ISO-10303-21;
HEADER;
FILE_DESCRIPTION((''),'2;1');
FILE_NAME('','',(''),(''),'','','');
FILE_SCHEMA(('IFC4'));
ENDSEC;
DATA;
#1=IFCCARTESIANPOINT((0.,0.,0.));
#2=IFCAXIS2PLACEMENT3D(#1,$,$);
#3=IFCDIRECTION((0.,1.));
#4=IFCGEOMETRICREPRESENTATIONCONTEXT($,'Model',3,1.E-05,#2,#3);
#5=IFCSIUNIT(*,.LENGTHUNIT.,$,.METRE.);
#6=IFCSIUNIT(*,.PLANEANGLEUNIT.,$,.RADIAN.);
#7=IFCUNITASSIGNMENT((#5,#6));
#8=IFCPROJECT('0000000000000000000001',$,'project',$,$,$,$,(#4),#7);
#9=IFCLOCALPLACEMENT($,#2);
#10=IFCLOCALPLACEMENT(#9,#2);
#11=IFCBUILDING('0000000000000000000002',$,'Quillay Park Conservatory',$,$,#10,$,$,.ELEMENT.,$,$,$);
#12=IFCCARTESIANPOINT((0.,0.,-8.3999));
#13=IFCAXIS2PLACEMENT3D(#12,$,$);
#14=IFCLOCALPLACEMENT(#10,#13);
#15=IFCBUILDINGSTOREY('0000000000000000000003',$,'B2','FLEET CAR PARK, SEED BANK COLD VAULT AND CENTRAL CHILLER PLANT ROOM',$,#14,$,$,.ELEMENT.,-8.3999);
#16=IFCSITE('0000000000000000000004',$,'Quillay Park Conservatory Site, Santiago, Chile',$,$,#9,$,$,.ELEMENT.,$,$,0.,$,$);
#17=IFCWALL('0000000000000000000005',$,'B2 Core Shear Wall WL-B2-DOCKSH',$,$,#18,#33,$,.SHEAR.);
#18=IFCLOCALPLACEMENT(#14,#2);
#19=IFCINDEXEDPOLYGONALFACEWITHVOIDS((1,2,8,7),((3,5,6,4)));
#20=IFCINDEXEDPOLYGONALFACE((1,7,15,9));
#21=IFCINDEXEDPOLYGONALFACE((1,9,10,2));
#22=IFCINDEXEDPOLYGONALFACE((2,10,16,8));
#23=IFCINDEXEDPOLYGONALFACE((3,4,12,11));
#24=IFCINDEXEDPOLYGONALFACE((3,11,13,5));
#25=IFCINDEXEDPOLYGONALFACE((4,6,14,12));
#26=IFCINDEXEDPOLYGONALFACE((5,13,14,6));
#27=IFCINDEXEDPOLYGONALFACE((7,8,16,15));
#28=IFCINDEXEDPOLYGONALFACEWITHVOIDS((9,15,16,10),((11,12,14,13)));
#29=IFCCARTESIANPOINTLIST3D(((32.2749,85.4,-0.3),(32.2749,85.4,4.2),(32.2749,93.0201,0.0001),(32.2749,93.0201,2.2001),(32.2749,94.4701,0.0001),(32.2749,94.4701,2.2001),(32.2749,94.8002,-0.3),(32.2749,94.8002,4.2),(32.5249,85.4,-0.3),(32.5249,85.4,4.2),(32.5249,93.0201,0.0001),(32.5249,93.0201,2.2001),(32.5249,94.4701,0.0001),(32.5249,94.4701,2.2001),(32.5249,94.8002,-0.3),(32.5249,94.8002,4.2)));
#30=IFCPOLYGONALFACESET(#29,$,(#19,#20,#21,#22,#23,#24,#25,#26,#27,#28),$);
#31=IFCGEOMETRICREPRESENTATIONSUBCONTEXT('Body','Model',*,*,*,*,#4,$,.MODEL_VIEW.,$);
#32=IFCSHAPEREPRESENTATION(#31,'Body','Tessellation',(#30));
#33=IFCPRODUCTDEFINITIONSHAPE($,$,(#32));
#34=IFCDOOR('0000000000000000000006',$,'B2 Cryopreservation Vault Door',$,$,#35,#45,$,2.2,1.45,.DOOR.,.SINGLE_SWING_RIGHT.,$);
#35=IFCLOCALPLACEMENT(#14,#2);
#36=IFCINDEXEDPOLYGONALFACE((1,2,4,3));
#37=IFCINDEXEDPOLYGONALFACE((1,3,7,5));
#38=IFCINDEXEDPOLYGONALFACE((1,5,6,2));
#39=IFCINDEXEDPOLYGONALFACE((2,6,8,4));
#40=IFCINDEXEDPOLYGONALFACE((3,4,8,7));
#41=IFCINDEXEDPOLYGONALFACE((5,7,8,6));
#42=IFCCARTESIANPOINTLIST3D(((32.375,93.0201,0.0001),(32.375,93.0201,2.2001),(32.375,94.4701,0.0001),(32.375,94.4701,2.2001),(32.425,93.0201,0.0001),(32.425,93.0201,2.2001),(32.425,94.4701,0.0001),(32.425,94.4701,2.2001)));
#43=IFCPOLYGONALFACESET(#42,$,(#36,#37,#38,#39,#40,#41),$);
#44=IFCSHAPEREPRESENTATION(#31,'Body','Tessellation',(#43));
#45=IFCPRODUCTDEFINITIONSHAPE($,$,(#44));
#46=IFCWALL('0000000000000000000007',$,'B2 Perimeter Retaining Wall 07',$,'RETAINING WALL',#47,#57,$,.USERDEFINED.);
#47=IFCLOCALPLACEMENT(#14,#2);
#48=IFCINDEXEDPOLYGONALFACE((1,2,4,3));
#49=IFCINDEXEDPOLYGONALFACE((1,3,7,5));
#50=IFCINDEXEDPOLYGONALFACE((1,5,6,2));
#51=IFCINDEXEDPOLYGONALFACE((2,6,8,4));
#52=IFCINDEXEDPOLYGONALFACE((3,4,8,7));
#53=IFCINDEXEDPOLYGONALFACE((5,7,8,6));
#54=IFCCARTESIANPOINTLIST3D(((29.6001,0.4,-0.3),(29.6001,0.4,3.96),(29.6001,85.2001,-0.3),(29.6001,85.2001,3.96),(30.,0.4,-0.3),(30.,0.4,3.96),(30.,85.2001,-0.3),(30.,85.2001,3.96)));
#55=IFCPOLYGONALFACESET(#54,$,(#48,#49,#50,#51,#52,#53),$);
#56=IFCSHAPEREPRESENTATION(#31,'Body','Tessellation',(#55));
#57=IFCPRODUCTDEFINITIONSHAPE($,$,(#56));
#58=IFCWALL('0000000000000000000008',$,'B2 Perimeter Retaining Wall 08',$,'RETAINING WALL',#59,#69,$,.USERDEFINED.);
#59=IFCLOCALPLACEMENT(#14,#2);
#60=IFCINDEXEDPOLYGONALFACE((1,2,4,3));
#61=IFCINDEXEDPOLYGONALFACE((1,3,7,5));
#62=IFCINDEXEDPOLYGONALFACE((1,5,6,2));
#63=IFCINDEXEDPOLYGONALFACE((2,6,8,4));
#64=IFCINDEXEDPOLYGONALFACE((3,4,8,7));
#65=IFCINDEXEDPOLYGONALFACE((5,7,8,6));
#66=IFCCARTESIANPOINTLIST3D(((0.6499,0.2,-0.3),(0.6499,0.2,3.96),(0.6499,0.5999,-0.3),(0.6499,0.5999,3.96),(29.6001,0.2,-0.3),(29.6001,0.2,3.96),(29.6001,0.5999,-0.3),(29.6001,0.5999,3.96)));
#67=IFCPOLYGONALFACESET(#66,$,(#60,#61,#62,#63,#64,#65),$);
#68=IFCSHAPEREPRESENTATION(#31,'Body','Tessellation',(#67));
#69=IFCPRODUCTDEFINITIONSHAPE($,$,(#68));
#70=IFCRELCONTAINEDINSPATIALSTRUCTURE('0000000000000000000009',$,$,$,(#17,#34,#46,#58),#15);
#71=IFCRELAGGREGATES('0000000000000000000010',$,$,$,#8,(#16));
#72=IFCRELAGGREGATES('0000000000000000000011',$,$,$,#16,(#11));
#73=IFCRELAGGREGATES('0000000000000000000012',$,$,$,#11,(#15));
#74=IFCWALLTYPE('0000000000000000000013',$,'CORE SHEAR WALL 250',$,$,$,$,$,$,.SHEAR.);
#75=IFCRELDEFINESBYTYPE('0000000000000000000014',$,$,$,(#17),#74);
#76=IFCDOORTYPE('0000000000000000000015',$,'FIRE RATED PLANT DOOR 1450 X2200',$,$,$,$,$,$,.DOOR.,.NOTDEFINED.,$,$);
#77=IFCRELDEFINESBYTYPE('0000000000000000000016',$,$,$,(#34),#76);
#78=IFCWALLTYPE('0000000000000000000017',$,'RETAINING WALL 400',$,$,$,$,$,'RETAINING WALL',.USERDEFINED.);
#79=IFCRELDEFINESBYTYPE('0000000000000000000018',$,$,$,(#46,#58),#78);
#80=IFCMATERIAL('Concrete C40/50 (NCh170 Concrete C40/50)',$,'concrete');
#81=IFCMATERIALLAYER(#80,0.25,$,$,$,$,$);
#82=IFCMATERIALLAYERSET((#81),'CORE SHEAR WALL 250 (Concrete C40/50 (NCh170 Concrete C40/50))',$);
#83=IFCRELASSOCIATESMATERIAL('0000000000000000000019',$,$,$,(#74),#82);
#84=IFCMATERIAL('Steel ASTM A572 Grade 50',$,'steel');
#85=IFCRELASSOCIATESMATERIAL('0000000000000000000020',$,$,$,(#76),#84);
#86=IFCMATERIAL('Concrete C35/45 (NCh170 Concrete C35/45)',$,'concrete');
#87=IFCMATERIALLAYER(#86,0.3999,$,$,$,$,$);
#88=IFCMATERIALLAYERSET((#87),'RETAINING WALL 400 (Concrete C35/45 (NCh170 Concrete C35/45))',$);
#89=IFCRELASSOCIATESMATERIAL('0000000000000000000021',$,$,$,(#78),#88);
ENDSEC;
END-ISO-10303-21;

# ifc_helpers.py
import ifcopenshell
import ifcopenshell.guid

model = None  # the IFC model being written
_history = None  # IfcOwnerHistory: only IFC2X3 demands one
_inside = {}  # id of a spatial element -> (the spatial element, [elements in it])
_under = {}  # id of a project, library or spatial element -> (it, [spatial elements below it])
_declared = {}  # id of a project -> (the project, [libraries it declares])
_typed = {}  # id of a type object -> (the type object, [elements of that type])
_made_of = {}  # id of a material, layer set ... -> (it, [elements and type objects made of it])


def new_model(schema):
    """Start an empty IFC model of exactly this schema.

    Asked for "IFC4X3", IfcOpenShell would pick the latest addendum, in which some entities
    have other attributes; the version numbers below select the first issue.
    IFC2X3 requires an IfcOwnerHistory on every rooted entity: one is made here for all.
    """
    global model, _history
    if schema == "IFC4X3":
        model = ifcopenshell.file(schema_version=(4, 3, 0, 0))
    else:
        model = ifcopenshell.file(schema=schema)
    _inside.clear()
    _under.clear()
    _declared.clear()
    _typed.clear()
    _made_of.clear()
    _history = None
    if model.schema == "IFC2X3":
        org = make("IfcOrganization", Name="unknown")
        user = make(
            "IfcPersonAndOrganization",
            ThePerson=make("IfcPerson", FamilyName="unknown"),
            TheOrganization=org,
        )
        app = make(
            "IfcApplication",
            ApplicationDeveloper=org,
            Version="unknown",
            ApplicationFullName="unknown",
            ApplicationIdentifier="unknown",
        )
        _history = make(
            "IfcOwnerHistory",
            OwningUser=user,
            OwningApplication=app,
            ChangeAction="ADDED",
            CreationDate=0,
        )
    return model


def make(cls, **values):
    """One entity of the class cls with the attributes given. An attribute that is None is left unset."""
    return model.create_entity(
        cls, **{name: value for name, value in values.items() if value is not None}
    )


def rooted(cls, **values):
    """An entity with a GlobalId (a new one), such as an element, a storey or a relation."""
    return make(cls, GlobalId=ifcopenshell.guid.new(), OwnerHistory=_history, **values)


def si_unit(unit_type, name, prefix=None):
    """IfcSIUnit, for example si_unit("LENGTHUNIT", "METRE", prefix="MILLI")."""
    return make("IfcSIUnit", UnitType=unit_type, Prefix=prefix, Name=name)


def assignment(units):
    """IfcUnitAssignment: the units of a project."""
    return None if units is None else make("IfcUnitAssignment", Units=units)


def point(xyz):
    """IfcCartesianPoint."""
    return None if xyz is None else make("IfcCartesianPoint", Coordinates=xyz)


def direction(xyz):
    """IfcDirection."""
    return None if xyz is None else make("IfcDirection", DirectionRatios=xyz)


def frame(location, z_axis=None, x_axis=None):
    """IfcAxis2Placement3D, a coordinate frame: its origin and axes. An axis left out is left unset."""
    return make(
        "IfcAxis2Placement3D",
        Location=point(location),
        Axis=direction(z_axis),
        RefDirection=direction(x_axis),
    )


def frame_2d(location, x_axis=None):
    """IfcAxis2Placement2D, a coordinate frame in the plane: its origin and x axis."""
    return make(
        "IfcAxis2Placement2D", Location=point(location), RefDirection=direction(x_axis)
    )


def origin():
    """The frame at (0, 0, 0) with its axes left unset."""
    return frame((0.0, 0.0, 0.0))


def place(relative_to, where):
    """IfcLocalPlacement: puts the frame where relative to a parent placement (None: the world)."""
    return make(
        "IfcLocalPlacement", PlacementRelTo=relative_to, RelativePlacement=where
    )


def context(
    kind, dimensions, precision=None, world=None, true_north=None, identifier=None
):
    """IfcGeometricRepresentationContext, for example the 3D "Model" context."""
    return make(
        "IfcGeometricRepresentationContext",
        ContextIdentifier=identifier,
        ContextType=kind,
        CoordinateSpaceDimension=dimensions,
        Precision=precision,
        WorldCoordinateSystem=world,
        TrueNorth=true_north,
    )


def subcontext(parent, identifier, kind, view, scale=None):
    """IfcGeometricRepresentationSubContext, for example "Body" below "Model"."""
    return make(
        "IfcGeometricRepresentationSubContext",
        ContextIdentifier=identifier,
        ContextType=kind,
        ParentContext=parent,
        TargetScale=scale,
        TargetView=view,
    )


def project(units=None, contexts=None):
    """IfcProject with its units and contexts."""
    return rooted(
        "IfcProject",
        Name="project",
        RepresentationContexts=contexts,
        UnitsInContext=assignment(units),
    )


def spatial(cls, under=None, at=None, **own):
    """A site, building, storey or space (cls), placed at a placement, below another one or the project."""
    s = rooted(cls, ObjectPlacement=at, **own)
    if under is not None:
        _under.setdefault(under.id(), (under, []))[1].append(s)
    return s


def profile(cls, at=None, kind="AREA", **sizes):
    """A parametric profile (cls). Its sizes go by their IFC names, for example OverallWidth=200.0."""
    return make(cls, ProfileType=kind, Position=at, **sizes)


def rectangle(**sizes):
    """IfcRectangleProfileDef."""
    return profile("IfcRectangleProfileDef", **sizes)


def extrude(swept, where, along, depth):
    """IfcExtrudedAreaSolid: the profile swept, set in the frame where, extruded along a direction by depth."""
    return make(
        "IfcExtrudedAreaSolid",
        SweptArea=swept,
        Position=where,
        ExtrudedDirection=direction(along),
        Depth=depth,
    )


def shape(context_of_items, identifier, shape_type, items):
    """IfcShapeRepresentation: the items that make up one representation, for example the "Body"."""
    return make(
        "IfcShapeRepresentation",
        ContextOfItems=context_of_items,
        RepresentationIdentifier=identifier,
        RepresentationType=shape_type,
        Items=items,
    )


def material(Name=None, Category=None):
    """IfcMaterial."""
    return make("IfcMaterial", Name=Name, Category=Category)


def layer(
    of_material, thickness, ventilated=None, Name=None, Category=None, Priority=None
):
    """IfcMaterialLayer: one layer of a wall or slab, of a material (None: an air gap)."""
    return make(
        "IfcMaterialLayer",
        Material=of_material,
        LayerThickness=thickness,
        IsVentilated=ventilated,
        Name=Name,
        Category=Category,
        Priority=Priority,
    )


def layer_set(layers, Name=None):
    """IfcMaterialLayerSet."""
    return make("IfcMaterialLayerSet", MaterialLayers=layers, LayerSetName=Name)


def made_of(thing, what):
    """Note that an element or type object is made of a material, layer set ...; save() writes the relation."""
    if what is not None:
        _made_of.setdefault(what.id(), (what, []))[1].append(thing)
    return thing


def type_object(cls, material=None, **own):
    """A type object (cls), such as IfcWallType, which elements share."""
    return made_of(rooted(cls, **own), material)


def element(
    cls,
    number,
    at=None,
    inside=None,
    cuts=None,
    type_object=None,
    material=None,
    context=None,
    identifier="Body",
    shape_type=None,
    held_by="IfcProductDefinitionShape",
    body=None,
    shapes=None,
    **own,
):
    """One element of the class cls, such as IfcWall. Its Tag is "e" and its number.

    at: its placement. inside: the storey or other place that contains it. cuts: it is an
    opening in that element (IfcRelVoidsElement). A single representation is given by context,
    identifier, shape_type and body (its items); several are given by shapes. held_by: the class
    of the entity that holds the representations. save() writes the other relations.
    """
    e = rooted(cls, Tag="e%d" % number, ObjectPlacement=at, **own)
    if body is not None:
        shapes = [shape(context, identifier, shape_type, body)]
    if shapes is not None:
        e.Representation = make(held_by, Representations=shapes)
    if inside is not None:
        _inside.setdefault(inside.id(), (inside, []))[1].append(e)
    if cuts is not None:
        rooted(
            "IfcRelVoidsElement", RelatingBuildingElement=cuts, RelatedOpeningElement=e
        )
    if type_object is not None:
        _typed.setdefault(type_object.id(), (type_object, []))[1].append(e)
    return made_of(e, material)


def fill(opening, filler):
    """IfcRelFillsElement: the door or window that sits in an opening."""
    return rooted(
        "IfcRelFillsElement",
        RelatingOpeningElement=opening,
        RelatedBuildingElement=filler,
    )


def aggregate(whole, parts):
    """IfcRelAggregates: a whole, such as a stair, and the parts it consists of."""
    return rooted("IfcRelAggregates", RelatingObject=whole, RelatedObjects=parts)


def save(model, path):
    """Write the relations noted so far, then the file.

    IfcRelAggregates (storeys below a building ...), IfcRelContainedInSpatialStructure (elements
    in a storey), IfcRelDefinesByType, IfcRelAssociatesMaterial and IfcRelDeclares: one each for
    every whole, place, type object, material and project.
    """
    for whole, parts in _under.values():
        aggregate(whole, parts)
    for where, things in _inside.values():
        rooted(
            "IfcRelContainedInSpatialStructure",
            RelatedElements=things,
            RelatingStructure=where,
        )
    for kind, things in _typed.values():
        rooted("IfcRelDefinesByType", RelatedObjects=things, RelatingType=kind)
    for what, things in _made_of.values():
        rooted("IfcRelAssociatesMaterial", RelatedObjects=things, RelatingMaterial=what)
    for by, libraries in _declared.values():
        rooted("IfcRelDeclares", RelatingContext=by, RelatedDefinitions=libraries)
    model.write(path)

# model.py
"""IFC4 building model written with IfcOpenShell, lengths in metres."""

from ifc_helpers import new_model, si_unit, direction, frame, frame_2d, origin, place, context, subcontext, project, spatial, rectangle, extrude, material, layer, layer_set, type_object, element, fill, save


model = new_model("IFC4")

# Units and contexts
model_context = context("Model", 3, precision=1e-05, world=origin(), true_north=direction((0.0, 1.0)))
body_context = subcontext(model_context, "Body", "Model", "MODEL_VIEW")
ifc_project = project(units=[si_unit("LENGTHUNIT", "METRE"), si_unit("PLANEANGLEUNIT", "RADIAN")], contexts=[model_context])

# Site, building, storey
site_placement = place(None, origin())
site = spatial("IfcSite", under=ifc_project, at=site_placement, Name="Quillay Park Conservatory Site, Santiago, Chile", CompositionType="ELEMENT", RefElevation=0.0)
building_placement = place(site_placement, origin())
building = spatial("IfcBuilding", under=site, at=building_placement, Name="Quillay Park Conservatory", CompositionType="ELEMENT")
storey_placement = place(building_placement, frame((0.0, 0.0, -8.3999)))
storey = spatial("IfcBuildingStorey", under=building, at=storey_placement, Name="B2", Description="FLEET CAR PARK, SEED BANK COLD VAULT AND CENTRAL CHILLER PLANT ROOM", CompositionType="ELEMENT", Elevation=-8.3999)

# Wall, opening, door
ifc_material_1 = material(Name="Concrete C40/50 (NCh170 Concrete C40/50)", Category="concrete")
ifc_layer_1 = layer(ifc_material_1, 0.25)
ifc_layer_set_1 = layer_set([ifc_layer_1], Name="CORE SHEAR WALL 250 (Concrete C40/50 (NCh170 Concrete C40/50))")
wall_type_1 = type_object("IfcWallType", Name="CORE SHEAR WALL 250", PredefinedType="SHEAR", material=ifc_layer_set_1)
wall_1_placement = place(storey_placement, frame((32.3999, 85.3999, -0.3), z_axis=(0.0, 0.0, 1.0), x_axis=(0.0, 1.0, 0.0)))
wall_1 = element("IfcWall", 1, at=wall_1_placement, inside=storey, type_object=wall_type_1, Name="B2 Core Shear Wall WL-B2-DOCKSH", PredefinedType="SHEAR", context=body_context, shape_type="SweptSolid", body=[
    extrude(rectangle(XDim=9.4001, YDim=0.25, at=frame_2d((4.7002, 0.0))), origin(), (0.0, 0.0, 1.0), 4.5),
])
opening_placement = place(wall_1_placement, frame((7.6201, 0.0, 0.3)))
opening = element("IfcOpeningElement", 2, at=opening_placement, cuts=wall_1, PredefinedType="OPENING", context=body_context, shape_type="SweptSolid", body=[
    extrude(rectangle(XDim=1.45, YDim=2.2, at=frame_2d((0.7251, 1.1001))), frame((0.0, 0.125, 0.0), z_axis=(0.0, -1.0, 0.0), x_axis=(1.0, 0.0, 0.0)), (0.0, 0.0, 1.0), 0.25),
])
ifc_material_2 = material(Name="Steel ASTM A572 Grade 50", Category="steel")
door_type = type_object("IfcDoorType", Name="FIRE RATED PLANT DOOR 1450 X2200", OperationType="NOTDEFINED", PredefinedType="DOOR", material=ifc_material_2)
door_placement = place(opening_placement, origin())
door = element("IfcDoor", 3, at=door_placement, inside=storey, type_object=door_type, Name="B2 Cryopreservation Vault Door", OperationType="SINGLE_SWING_RIGHT", OverallHeight=2.2, OverallWidth=1.45, PredefinedType="DOOR", context=body_context, shape_type="SweptSolid", body=[
    extrude(rectangle(XDim=1.45, YDim=2.2, at=frame_2d((0.7251, 1.1001))), frame((0.0, 0.0249, 0.0), z_axis=(0.0, -1.0, 0.0), x_axis=(1.0, 0.0, 0.0)), (0.0, 0.0, 1.0), 0.05),
])
fill(opening, door)

# Walls
ifc_material_3 = material(Name="Concrete C35/45 (NCh170 Concrete C35/45)", Category="concrete")
ifc_layer_2 = layer(ifc_material_3, 0.3999)
ifc_layer_set_2 = layer_set([ifc_layer_2], Name="RETAINING WALL 400 (Concrete C35/45 (NCh170 Concrete C35/45))")
wall_type_2 = type_object("IfcWallType", Name="RETAINING WALL 400", ElementType="RETAINING WALL", PredefinedType="USERDEFINED", material=ifc_layer_set_2)
wall_2_placement = place(storey_placement, frame((29.8, 85.2, -0.3), z_axis=(0.0, 0.0, 1.0), x_axis=(0.0, -1.0, 0.0)))
element("IfcWall", 4, at=wall_2_placement, inside=storey, type_object=wall_type_2, Name="B2 Perimeter Retaining Wall 07", ObjectType="RETAINING WALL", PredefinedType="USERDEFINED", context=body_context, shape_type="SweptSolid", body=[
    extrude(rectangle(XDim=84.8, YDim=0.3999, at=frame_2d((42.3999, 0.0))), origin(), (0.0, 0.0, 1.0), 4.26),
])
wall_3_placement = place(storey_placement, frame((29.6001, 0.3999, -0.3), z_axis=(0.0, 0.0, 1.0), x_axis=(-1.0, 0.0, 0.0)))
element("IfcWall", 5, at=wall_3_placement, inside=storey, type_object=wall_type_2, Name="B2 Perimeter Retaining Wall 08", ObjectType="RETAINING WALL", PredefinedType="USERDEFINED", context=body_context, shape_type="SweptSolid", body=[
    extrude(rectangle(XDim=28.9502, YDim=0.3999, at=frame_2d((14.4751, 0.0))), origin(), (0.0, 0.0, 1.0), 4.26),
])

save(model, "model.ifc")
